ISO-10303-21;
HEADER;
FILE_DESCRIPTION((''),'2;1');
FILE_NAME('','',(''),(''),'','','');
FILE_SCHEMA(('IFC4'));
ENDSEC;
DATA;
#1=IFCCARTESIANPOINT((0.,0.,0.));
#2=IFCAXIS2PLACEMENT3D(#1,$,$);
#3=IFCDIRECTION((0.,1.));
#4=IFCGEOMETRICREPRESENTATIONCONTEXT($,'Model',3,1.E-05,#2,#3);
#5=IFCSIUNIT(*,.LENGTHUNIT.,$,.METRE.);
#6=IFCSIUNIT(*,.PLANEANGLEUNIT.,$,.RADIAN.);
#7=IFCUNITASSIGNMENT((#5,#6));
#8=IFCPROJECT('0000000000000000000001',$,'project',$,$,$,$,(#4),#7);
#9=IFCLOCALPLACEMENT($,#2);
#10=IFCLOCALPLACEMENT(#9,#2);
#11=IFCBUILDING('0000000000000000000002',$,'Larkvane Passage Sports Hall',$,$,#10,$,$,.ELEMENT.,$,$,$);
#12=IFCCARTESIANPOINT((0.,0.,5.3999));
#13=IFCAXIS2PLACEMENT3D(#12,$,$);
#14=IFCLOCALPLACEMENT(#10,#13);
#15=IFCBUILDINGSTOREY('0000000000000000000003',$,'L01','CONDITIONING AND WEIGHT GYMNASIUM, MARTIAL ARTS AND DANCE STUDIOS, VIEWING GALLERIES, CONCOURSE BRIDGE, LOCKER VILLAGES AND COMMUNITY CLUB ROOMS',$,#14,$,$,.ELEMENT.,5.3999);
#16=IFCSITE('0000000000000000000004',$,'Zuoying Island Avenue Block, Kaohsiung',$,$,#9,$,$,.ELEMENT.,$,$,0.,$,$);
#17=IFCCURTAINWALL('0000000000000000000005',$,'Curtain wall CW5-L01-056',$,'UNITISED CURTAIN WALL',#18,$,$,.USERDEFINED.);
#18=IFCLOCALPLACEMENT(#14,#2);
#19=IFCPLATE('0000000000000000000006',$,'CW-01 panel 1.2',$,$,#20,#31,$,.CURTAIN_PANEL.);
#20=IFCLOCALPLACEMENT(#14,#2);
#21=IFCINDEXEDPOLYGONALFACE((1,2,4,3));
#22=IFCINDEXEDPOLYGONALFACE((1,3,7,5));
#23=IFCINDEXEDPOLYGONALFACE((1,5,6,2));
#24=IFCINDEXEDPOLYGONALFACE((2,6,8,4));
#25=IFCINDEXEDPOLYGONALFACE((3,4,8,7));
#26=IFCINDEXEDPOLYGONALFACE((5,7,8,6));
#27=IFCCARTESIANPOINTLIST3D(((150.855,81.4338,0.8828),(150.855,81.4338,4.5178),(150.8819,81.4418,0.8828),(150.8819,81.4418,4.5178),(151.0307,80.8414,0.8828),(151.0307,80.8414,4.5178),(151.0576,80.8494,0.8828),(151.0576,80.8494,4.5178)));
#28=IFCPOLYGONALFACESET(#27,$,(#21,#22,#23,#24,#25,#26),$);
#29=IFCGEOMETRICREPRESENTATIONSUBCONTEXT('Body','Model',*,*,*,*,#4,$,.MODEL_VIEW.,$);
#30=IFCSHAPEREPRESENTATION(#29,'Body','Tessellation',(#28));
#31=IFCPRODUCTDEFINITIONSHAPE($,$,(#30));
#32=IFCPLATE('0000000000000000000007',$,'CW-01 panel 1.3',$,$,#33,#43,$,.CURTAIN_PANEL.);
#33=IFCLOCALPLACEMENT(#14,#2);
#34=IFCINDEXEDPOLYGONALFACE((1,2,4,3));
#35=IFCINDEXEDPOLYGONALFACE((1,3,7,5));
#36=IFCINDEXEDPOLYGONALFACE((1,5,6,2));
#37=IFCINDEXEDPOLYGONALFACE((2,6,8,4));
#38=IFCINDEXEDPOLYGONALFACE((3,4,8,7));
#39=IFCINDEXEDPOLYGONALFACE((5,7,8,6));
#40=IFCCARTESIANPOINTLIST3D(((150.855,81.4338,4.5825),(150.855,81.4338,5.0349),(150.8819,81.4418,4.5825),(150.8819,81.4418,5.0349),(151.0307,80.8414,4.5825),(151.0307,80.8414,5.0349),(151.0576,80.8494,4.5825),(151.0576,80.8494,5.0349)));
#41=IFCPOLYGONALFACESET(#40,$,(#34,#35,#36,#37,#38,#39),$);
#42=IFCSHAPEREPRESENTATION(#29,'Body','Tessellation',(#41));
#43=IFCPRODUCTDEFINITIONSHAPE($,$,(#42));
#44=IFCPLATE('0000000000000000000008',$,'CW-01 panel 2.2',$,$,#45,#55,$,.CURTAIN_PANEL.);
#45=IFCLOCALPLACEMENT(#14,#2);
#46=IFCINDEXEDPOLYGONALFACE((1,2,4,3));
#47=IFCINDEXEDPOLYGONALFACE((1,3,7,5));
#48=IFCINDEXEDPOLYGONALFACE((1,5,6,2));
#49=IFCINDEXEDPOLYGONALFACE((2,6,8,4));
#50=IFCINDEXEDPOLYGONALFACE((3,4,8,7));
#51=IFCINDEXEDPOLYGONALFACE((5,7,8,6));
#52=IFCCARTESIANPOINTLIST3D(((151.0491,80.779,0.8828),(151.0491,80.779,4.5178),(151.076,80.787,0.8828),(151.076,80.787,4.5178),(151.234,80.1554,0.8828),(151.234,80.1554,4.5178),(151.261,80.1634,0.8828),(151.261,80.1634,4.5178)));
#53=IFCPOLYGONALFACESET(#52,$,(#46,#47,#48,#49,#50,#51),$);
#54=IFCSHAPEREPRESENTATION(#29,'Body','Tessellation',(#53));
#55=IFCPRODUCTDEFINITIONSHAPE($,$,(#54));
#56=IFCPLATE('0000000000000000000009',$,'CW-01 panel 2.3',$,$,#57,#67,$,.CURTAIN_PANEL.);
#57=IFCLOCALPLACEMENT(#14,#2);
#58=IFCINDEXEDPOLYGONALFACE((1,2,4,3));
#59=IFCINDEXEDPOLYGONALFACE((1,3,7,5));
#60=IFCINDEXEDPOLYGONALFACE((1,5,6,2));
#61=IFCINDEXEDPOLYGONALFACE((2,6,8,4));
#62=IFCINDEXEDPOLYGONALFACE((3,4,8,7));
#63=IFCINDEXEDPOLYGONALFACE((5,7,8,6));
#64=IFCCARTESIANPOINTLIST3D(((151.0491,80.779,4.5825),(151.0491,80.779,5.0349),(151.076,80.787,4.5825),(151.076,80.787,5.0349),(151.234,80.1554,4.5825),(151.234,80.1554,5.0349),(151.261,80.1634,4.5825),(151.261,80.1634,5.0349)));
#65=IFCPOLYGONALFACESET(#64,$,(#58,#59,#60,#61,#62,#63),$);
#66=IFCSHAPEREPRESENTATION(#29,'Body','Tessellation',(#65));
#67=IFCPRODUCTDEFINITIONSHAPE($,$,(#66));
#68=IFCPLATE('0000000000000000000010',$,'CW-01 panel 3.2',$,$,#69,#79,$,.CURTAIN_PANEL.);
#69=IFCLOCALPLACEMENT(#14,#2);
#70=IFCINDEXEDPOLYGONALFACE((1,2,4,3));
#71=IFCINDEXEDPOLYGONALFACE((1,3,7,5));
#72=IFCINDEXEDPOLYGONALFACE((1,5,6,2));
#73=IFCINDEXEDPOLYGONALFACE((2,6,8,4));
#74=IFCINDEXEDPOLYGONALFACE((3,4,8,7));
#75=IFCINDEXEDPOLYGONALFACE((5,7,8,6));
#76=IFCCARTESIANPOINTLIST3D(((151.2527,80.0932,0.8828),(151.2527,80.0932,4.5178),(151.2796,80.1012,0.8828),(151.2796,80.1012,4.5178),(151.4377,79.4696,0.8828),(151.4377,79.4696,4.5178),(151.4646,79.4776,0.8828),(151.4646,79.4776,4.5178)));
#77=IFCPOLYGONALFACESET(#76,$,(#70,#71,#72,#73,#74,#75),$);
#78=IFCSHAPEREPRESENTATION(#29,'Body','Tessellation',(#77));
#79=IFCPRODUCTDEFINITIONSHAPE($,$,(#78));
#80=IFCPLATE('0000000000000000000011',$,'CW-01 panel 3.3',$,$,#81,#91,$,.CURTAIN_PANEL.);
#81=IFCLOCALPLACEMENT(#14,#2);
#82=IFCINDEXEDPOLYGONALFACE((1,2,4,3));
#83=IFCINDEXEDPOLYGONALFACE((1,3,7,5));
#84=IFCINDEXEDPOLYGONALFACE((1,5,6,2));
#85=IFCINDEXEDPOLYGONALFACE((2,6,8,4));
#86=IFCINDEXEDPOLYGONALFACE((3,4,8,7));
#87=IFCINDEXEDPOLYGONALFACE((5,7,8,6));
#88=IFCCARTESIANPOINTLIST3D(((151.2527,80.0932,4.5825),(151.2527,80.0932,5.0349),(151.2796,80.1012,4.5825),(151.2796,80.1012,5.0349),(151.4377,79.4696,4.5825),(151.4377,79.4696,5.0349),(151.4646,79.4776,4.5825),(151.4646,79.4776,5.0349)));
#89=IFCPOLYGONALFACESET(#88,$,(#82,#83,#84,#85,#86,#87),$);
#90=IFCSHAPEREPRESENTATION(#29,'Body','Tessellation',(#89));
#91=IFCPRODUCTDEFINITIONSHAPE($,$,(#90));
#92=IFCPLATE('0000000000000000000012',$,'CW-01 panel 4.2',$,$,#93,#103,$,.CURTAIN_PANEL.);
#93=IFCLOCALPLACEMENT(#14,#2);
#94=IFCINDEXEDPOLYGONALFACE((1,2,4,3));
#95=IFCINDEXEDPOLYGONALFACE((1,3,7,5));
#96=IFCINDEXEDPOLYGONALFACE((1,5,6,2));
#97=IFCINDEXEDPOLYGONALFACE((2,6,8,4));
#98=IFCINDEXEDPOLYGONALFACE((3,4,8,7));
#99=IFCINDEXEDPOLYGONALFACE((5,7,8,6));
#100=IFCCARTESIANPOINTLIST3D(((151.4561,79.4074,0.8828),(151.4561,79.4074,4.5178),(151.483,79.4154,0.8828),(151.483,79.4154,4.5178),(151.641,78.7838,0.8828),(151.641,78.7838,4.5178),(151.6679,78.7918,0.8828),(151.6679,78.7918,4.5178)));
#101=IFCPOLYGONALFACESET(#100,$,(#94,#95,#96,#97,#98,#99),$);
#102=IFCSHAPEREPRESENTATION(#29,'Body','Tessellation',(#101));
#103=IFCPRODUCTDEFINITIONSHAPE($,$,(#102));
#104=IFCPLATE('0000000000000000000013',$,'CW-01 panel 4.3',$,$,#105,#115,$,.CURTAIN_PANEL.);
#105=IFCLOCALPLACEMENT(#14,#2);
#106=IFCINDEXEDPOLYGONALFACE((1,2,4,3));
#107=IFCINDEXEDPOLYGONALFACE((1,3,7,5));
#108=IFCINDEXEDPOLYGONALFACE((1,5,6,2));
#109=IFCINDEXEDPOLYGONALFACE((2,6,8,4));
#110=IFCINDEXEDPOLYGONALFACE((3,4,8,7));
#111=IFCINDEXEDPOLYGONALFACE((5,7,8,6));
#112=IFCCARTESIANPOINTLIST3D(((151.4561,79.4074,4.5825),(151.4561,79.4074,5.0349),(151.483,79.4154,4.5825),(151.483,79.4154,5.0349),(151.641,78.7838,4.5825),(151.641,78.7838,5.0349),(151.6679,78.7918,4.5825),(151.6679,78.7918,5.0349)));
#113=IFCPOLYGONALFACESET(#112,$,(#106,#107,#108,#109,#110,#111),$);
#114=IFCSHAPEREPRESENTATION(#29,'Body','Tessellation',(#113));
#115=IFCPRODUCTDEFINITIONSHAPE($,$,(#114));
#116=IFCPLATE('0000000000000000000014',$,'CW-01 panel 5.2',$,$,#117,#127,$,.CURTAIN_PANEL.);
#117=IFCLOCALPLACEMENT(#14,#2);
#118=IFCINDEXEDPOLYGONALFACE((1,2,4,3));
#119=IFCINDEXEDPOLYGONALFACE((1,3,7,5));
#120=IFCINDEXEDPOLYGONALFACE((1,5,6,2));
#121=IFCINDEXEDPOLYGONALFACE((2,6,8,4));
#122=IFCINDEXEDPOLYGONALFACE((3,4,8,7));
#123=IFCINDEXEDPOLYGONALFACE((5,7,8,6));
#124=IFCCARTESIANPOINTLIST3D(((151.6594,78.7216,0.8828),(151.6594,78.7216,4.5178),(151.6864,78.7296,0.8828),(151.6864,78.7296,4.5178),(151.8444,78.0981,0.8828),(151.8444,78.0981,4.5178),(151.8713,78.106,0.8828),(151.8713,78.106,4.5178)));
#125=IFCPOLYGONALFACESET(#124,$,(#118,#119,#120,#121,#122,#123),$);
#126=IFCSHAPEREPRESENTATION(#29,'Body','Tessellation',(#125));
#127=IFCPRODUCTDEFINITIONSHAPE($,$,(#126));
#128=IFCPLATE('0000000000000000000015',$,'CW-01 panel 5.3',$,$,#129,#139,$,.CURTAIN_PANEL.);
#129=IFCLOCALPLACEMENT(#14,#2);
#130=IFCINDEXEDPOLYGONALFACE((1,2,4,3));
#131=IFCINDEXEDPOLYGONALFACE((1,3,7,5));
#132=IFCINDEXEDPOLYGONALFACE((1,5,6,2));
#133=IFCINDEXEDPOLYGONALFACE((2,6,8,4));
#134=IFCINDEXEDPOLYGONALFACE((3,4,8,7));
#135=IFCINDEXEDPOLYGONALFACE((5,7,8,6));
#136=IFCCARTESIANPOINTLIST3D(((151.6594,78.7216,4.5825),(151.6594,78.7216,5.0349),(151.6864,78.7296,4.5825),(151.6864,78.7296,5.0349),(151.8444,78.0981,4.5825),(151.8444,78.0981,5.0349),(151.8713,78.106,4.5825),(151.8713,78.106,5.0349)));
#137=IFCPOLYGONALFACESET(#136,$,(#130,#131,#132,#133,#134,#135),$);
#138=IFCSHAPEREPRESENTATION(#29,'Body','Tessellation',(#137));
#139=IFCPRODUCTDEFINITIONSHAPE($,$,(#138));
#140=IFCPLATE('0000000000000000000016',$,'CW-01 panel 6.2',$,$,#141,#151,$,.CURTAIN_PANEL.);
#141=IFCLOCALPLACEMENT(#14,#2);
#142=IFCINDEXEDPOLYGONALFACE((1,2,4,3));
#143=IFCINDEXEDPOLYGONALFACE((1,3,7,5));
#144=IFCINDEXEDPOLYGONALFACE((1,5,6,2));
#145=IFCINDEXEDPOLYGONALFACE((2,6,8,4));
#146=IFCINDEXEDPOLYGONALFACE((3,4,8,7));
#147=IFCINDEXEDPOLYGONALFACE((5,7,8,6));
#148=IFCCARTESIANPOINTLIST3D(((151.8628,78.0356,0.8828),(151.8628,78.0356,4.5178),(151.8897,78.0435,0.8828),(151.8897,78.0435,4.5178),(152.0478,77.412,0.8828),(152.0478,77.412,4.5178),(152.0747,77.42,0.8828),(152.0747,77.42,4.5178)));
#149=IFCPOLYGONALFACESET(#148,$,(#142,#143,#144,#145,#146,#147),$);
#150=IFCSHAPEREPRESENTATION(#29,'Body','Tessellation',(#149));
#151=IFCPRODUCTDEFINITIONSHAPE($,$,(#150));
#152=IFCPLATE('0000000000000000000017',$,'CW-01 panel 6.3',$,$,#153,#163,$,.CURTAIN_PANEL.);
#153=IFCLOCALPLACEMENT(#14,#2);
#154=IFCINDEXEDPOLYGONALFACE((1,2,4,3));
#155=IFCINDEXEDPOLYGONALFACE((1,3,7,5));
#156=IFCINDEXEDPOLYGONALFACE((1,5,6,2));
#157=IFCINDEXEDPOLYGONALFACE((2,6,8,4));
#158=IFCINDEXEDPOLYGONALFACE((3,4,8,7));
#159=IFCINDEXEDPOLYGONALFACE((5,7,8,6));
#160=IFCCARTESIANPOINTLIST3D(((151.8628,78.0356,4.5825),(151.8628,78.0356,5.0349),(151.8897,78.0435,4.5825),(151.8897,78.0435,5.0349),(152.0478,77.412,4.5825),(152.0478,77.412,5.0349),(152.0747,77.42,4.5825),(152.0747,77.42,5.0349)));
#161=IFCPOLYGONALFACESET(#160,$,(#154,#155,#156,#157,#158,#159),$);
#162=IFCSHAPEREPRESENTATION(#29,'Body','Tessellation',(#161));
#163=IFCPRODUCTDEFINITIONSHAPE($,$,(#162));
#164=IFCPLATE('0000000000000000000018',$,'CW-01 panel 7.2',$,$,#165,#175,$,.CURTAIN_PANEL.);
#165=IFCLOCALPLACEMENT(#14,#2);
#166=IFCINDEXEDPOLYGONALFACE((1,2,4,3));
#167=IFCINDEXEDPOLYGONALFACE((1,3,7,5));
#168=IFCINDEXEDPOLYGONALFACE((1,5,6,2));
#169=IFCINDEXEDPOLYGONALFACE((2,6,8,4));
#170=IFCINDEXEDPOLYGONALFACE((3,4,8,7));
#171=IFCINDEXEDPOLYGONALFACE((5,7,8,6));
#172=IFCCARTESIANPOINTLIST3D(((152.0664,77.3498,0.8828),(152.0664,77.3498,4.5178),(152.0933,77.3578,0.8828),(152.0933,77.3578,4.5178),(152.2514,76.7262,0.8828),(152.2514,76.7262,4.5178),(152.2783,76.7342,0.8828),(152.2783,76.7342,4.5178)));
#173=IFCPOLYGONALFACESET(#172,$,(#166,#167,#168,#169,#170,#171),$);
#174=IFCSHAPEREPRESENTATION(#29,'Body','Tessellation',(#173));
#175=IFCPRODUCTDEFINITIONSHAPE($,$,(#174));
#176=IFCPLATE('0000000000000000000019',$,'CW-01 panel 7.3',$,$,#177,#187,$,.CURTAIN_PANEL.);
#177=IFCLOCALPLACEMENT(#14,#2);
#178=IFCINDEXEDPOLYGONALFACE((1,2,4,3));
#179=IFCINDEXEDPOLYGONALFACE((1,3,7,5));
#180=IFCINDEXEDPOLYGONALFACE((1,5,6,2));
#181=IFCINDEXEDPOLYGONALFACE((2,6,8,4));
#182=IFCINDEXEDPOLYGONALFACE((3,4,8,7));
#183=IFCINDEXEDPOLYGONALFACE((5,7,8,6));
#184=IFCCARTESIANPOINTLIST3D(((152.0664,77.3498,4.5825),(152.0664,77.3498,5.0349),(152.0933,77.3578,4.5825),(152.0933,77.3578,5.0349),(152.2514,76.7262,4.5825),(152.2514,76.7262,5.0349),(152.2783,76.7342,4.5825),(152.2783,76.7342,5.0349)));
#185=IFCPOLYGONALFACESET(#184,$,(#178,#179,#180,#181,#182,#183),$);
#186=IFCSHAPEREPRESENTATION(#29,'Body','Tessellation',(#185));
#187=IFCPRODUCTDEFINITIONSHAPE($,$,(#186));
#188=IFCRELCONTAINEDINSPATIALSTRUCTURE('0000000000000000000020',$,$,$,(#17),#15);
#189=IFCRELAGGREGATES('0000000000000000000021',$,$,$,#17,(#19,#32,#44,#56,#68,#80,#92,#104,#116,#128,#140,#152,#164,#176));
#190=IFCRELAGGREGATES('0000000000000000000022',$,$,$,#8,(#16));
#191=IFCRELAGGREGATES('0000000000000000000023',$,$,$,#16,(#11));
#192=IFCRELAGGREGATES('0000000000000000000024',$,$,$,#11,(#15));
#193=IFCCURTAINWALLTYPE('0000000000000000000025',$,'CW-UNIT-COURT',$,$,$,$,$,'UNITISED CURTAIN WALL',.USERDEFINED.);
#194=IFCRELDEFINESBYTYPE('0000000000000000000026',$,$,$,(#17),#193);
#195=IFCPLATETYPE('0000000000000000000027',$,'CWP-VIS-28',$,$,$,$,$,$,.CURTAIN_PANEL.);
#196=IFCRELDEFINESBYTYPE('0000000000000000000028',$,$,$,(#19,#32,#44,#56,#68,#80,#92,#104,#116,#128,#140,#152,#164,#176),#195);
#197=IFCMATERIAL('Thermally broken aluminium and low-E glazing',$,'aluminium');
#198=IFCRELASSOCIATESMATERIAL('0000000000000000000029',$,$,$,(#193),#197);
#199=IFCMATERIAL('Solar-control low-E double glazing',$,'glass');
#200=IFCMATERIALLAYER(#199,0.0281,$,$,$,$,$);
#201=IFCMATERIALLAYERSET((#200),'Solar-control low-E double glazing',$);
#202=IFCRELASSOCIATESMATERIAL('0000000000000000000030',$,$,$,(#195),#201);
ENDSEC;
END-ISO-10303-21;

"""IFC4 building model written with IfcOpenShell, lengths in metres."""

from ifc_helpers import new_model, si_unit, direction, frame, origin, origin_2d, place, context, subcontext, project, spatial, rectangle, extrude, material, layer, layer_set, type_object, element, aggregate, save


model = new_model("IFC4")

# Units and contexts
model_context = context("Model", 3, precision=1e-05, world=origin(), true_north=direction((0.0, 1.0)))
body_context = subcontext(model_context, "Body", "Model", "MODEL_VIEW")
ifc_project = project(units=[si_unit("LENGTHUNIT", "METRE"), si_unit("PLANEANGLEUNIT", "RADIAN")], contexts=[model_context])

# Site, building, storey
site_placement = place(None, origin())
site = spatial("IfcSite", under=ifc_project, at=site_placement, Name="Zuoying Island Avenue Block, Kaohsiung", CompositionType="ELEMENT", RefElevation=0.0)
building_placement = place(site_placement, origin())
building = spatial("IfcBuilding", under=site, at=building_placement, Name="Larkvane Passage Sports Hall", CompositionType="ELEMENT")
storey_placement = place(building_placement, frame((0.0, 0.0, 5.3999)))
storey = spatial("IfcBuildingStorey", under=building, at=storey_placement, Name="L01", Description="CONDITIONING AND WEIGHT GYMNASIUM, MARTIAL ARTS AND DANCE STUDIOS, VIEWING GALLERIES, CONCOURSE BRIDGE, LOCKER VILLAGES AND COMMUNITY CLUB ROOMS", CompositionType="ELEMENT", Elevation=5.3999)

# Curtain wall, plates
ifc_material_1 = material(Name="Thermally broken aluminium and low-E glazing", Category="aluminium")
curtain_wall_type = type_object("IfcCurtainWallType", Name="CW-UNIT-COURT", ElementType="UNITISED CURTAIN WALL", PredefinedType="USERDEFINED", material=ifc_material_1)
curtain_wall_placement = place(storey_placement, origin())
curtain_wall = element("IfcCurtainWall", 1, at=curtain_wall_placement, inside=storey, type_object=curtain_wall_type, Name="Curtain wall CW5-L01-056", ObjectType="UNITISED CURTAIN WALL", PredefinedType="USERDEFINED")
ifc_material_2 = material(Name="Solar-control low-E double glazing", Category="glass")
ifc_layer = layer(ifc_material_2, 0.0281)
ifc_layer_set = layer_set([ifc_layer], Name="Solar-control low-E double glazing")
plate_type = type_object("IfcPlateType", Name="CWP-VIS-28", PredefinedType="CURTAIN_PANEL", material=ifc_layer_set)
plate_1_placement = place(storey_placement, frame((150.9563, 81.1416, 0.8828), z_axis=(0.0, 0.0, 1.0), x_axis=(0.284363, -0.958717, 0.0)))
plate_1 = element("IfcPlate", 2, at=plate_1_placement, type_object=plate_type, Name="CW-01 panel 1.2", PredefinedType="CURTAIN_PANEL", context=body_context, shape_type="SweptSolid", body=[
    extrude(rectangle(XDim=0.6179, YDim=0.0281, at=origin_2d()), origin(), (0.0, 0.0, 1.0), 3.635),
])
plate_2_placement = place(storey_placement, frame((150.9563, 81.1416, 4.5825), z_axis=(0.0, 0.0, 1.0), x_axis=(0.284363, -0.958717, 0.0)))
plate_2 = element("IfcPlate", 3, at=plate_2_placement, type_object=plate_type, Name="CW-01 panel 1.3", PredefinedType="CURTAIN_PANEL", context=body_context, shape_type="SweptSolid", body=[
    extrude(rectangle(XDim=0.6179, YDim=0.0281, at=origin_2d()), origin(), (0.0, 0.0, 1.0), 0.4524),
])
plate_3_placement = place(storey_placement, frame((151.155, 80.4712, 0.8828), z_axis=(0.0, 0.0, 1.0), x_axis=(0.284363, -0.958717, 0.0)))
plate_3 = element("IfcPlate", 4, at=plate_3_placement, type_object=plate_type, Name="CW-01 panel 2.2", PredefinedType="CURTAIN_PANEL", context=body_context, shape_type="SweptSolid", body=[
    extrude(rectangle(XDim=0.6504, YDim=0.0281, at=origin_2d()), origin(), (0.0, 0.0, 1.0), 3.635),
])
plate_4_placement = place(storey_placement, frame((151.155, 80.4712, 4.5825), z_axis=(0.0, 0.0, 1.0), x_axis=(0.284363, -0.958717, 0.0)))
plate_4 = element("IfcPlate", 5, at=plate_4_placement, type_object=plate_type, Name="CW-01 panel 2.3", PredefinedType="CURTAIN_PANEL", context=body_context, shape_type="SweptSolid", body=[
    extrude(rectangle(XDim=0.6504, YDim=0.0281, at=origin_2d()), origin(), (0.0, 0.0, 1.0), 0.4524),
])
plate_5_placement = place(storey_placement, frame((151.3586, 79.7854, 0.8828), z_axis=(0.0, 0.0, 1.0), x_axis=(0.284363, -0.958717, 0.0)))
plate_5 = element("IfcPlate", 6, at=plate_5_placement, type_object=plate_type, Name="CW-01 panel 3.2", PredefinedType="CURTAIN_PANEL", context=body_context, shape_type="SweptSolid", body=[
    extrude(rectangle(XDim=0.6504, YDim=0.0281, at=origin_2d()), origin(), (0.0, 0.0, 1.0), 3.635),
])
plate_6_placement = place(storey_placement, frame((151.3586, 79.7854, 4.5825), z_axis=(0.0, 0.0, 1.0), x_axis=(0.284363, -0.958717, 0.0)))
plate_6 = element("IfcPlate", 7, at=plate_6_placement, type_object=plate_type, Name="CW-01 panel 3.3", PredefinedType="CURTAIN_PANEL", context=body_context, shape_type="SweptSolid", body=[
    extrude(rectangle(XDim=0.6504, YDim=0.0281, at=origin_2d()), origin(), (0.0, 0.0, 1.0), 0.4524),
])
plate_7_placement = place(storey_placement, frame((151.562, 79.0996, 0.8828), z_axis=(0.0, 0.0, 1.0), x_axis=(0.284363, -0.958717, 0.0)))
plate_7 = element("IfcPlate", 8, at=plate_7_placement, type_object=plate_type, Name="CW-01 panel 4.2", PredefinedType="CURTAIN_PANEL", context=body_context, shape_type="SweptSolid", body=[
    extrude(rectangle(XDim=0.6504, YDim=0.0281, at=origin_2d()), origin(), (0.0, 0.0, 1.0), 3.635),
])
plate_8_placement = place(storey_placement, frame((151.562, 79.0996, 4.5825), z_axis=(0.0, 0.0, 1.0), x_axis=(0.284363, -0.958717, 0.0)))
plate_8 = element("IfcPlate", 9, at=plate_8_placement, type_object=plate_type, Name="CW-01 panel 4.3", PredefinedType="CURTAIN_PANEL", context=body_context, shape_type="SweptSolid", body=[
    extrude(rectangle(XDim=0.6504, YDim=0.0281, at=origin_2d()), origin(), (0.0, 0.0, 1.0), 0.4524),
])
plate_9_placement = place(storey_placement, frame((151.7654, 78.4138, 0.8828), z_axis=(0.0, 0.0, 1.0), x_axis=(0.284363, -0.958717, 0.0)))
plate_9 = element("IfcPlate", 10, at=plate_9_placement, type_object=plate_type, Name="CW-01 panel 5.2", PredefinedType="CURTAIN_PANEL", context=body_context, shape_type="SweptSolid", body=[
    extrude(rectangle(XDim=0.6504, YDim=0.0281, at=origin_2d()), origin(), (0.0, 0.0, 1.0), 3.635),
])
plate_10_placement = place(storey_placement, frame((151.7654, 78.4138, 4.5825), z_axis=(0.0, 0.0, 1.0), x_axis=(0.284363, -0.958717, 0.0)))
plate_10 = element("IfcPlate", 11, at=plate_10_placement, type_object=plate_type, Name="CW-01 panel 5.3", PredefinedType="CURTAIN_PANEL", context=body_context, shape_type="SweptSolid", body=[
    extrude(rectangle(XDim=0.6504, YDim=0.0281, at=origin_2d()), origin(), (0.0, 0.0, 1.0), 0.4524),
])
plate_11_placement = place(storey_placement, frame((151.9688, 77.7278, 0.8828), z_axis=(0.0, 0.0, 1.0), x_axis=(0.284363, -0.958717, 0.0)))
plate_11 = element("IfcPlate", 12, at=plate_11_placement, type_object=plate_type, Name="CW-01 panel 6.2", PredefinedType="CURTAIN_PANEL", context=body_context, shape_type="SweptSolid", body=[
    extrude(rectangle(XDim=0.6504, YDim=0.0281, at=origin_2d()), origin(), (0.0, 0.0, 1.0), 3.635),
])
plate_12_placement = place(storey_placement, frame((151.9688, 77.7278, 4.5825), z_axis=(0.0, 0.0, 1.0), x_axis=(0.284363, -0.958717, 0.0)))
plate_12 = element("IfcPlate", 13, at=plate_12_placement, type_object=plate_type, Name="CW-01 panel 6.3", PredefinedType="CURTAIN_PANEL", context=body_context, shape_type="SweptSolid", body=[
    extrude(rectangle(XDim=0.6504, YDim=0.0281, at=origin_2d()), origin(), (0.0, 0.0, 1.0), 0.4524),
])
plate_13_placement = place(storey_placement, frame((152.1724, 77.042, 0.8828), z_axis=(0.0, 0.0, 1.0), x_axis=(0.284363, -0.958717, 0.0)))
plate_13 = element("IfcPlate", 14, at=plate_13_placement, type_object=plate_type, Name="CW-01 panel 7.2", PredefinedType="CURTAIN_PANEL", context=body_context, shape_type="SweptSolid", body=[
    extrude(rectangle(XDim=0.6504, YDim=0.0281, at=origin_2d()), origin(), (0.0, 0.0, 1.0), 3.635),
])
plate_14_placement = place(storey_placement, frame((152.1724, 77.042, 4.5825), z_axis=(0.0, 0.0, 1.0), x_axis=(0.284363, -0.958717, 0.0)))
plate_14 = element("IfcPlate", 15, at=plate_14_placement, type_object=plate_type, Name="CW-01 panel 7.3", PredefinedType="CURTAIN_PANEL", context=body_context, shape_type="SweptSolid", body=[
    extrude(rectangle(XDim=0.6504, YDim=0.0281, at=origin_2d()), origin(), (0.0, 0.0, 1.0), 0.4524),
])
aggregate(curtain_wall, [plate_1, plate_2, plate_3, plate_4, plate_5, plate_6, plate_7, plate_8, plate_9, plate_10, plate_11, plate_12, plate_13, plate_14])

save(model, "model.ifc")
